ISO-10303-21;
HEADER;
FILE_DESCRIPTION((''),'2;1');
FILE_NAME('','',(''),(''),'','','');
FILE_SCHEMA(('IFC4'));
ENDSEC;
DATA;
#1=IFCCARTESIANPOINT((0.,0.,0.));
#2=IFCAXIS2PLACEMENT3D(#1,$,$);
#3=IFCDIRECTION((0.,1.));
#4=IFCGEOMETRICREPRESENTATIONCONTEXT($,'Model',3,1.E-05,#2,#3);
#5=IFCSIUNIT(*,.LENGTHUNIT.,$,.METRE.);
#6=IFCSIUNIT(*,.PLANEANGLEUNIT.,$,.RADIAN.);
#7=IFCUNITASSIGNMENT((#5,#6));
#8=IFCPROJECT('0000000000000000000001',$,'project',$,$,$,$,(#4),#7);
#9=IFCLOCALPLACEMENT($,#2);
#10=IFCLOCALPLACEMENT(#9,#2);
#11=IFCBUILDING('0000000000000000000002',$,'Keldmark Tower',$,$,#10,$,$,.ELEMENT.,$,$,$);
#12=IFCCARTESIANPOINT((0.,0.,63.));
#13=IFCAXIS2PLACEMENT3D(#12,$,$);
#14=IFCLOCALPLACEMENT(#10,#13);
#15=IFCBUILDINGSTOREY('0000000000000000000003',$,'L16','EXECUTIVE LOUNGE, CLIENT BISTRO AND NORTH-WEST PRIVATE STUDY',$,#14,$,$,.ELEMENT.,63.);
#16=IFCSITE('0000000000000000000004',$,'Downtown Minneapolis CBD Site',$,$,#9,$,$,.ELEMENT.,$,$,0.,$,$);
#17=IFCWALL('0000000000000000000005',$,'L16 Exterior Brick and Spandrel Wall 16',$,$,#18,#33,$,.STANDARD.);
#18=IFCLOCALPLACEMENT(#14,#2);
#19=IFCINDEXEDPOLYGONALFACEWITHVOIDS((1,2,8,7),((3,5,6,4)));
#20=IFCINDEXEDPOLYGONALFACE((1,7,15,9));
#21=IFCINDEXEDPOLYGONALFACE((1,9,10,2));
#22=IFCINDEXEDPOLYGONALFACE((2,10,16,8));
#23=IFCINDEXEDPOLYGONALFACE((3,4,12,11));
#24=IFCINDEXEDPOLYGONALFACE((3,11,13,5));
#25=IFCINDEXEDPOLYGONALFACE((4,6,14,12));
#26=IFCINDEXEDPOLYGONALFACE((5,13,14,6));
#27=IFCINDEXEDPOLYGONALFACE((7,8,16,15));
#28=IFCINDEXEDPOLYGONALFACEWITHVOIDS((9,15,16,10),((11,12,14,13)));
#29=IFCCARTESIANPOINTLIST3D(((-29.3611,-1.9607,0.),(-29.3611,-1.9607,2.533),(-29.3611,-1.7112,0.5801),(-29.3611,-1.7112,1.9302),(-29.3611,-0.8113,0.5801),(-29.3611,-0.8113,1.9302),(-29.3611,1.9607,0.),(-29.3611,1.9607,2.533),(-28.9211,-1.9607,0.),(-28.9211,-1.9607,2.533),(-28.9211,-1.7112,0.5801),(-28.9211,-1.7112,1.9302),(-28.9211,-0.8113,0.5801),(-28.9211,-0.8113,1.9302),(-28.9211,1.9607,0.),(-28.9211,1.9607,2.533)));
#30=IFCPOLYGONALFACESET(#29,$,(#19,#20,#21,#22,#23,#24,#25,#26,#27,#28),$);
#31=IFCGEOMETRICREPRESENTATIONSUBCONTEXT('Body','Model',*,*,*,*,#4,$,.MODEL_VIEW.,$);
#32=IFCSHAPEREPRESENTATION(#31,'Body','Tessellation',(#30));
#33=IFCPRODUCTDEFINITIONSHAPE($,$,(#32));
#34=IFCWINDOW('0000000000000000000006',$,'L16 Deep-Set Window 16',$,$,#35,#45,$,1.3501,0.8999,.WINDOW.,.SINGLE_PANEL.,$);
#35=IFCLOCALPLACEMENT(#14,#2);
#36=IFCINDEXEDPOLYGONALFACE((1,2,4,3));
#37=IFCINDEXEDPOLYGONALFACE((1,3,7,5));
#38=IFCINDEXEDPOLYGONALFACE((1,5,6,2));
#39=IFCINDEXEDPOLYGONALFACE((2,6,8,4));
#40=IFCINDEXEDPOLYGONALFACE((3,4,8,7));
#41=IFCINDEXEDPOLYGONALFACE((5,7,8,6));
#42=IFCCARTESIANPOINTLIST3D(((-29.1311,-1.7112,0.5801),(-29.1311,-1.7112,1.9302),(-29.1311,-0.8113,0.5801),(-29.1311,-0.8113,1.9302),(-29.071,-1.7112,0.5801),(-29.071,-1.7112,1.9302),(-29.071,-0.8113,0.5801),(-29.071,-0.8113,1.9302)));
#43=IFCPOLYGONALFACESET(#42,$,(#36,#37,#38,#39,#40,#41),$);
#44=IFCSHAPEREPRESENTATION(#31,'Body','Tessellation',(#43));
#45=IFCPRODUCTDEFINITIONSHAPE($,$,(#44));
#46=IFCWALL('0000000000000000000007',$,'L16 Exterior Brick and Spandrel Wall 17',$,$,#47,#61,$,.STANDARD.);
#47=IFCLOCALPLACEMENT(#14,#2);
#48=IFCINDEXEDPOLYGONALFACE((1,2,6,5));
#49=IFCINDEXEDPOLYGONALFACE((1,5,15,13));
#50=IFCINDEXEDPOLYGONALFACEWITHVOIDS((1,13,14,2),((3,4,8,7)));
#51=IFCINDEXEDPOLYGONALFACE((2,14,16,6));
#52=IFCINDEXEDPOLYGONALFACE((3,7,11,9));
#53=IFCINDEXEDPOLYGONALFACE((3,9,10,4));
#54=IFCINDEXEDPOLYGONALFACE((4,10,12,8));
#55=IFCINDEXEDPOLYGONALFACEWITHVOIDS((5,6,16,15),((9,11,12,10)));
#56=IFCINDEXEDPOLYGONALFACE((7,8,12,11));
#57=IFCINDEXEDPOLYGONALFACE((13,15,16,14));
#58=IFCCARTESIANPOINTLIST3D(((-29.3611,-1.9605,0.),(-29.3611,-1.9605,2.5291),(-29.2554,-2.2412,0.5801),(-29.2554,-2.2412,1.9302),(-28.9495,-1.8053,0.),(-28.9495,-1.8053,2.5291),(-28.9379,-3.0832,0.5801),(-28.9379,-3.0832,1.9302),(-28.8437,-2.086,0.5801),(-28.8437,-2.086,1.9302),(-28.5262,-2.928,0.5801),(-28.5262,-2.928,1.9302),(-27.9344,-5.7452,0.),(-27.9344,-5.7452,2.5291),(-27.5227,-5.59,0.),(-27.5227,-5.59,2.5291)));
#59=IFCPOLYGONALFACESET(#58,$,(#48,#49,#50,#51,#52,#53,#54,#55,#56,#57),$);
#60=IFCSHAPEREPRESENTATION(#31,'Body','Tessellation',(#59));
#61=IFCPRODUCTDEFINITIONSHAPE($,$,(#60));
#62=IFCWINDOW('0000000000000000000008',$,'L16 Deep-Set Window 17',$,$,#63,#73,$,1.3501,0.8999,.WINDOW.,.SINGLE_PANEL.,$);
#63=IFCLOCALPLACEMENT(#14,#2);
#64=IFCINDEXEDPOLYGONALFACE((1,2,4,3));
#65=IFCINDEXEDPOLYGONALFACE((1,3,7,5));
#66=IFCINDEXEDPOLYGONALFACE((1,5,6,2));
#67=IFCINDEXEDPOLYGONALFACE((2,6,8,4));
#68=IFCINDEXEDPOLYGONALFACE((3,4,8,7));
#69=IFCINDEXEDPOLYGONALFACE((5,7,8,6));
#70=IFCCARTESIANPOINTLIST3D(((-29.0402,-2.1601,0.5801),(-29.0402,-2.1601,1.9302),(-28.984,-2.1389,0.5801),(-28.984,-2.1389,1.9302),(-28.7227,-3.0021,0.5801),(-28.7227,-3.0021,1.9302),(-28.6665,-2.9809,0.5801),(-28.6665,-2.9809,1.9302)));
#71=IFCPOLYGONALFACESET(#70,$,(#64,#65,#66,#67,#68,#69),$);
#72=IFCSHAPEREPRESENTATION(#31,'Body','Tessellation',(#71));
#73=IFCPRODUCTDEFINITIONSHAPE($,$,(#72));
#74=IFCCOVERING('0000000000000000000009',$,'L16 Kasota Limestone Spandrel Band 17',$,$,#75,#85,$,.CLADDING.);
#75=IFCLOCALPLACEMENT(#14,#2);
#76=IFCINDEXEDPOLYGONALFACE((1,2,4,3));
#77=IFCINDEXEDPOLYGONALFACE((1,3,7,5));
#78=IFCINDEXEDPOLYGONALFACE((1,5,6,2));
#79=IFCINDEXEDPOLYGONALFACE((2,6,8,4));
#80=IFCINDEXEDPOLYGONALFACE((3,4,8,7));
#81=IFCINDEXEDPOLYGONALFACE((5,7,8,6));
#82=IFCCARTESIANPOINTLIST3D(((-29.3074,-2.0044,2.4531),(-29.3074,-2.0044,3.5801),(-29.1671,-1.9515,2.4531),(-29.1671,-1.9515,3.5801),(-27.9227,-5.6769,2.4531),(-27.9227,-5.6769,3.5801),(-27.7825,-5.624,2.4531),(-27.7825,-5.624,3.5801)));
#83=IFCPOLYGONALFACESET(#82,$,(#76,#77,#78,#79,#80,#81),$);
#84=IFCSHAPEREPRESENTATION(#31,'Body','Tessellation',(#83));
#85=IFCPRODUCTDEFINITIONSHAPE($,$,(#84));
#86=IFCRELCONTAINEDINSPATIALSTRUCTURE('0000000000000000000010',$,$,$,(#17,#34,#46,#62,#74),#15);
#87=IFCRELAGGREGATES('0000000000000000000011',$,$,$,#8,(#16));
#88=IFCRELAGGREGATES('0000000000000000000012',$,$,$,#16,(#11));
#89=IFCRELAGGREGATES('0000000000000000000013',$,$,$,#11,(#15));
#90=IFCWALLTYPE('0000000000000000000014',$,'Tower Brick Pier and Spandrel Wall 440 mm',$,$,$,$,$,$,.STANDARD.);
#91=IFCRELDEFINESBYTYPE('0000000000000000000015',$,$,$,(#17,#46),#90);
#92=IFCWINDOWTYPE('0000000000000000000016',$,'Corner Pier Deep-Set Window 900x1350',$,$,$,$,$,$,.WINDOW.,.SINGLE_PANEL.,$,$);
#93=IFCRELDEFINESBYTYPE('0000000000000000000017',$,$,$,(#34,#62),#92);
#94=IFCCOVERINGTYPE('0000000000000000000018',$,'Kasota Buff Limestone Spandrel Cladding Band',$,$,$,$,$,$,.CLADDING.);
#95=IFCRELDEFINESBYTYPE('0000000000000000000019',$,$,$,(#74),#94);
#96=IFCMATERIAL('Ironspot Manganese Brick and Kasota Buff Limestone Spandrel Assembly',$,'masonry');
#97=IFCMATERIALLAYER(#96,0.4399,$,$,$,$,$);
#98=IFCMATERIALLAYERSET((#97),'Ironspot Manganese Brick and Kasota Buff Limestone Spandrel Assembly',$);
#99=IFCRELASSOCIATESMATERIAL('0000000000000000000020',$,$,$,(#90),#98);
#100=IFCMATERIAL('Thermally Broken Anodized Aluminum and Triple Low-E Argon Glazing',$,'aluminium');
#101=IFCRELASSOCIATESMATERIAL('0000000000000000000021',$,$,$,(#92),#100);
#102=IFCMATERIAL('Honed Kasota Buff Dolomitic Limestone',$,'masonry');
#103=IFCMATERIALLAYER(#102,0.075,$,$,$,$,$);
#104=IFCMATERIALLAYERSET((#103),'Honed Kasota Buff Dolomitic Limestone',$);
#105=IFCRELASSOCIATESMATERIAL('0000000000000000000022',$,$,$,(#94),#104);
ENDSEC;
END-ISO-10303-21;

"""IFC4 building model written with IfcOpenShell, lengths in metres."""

from ifc_helpers import new_model, si_unit, direction, frame, frame_2d, origin, origin_2d, place, context, subcontext, project, spatial, rectangle, extrude, material, layer, layer_set, type_object, element, fill, save


model = new_model("IFC4")

# Units and contexts
model_context = context("Model", 3, precision=1e-05, world=origin(), true_north=direction((0.0, 1.0)))
body_context = subcontext(model_context, "Body", "Model", "MODEL_VIEW")
ifc_project = project(units=[si_unit("LENGTHUNIT", "METRE"), si_unit("PLANEANGLEUNIT", "RADIAN")], contexts=[model_context])

# Site, building, storey
site_placement = place(None, origin())
site = spatial("IfcSite", under=ifc_project, at=site_placement, Name="Downtown Minneapolis CBD Site", CompositionType="ELEMENT", RefElevation=0.0)
building_placement = place(site_placement, origin())
building = spatial("IfcBuilding", under=site, at=building_placement, Name="Keldmark Tower", CompositionType="ELEMENT")
storey_placement = place(building_placement, frame((0.0, 0.0, 63.0)))
storey = spatial("IfcBuildingStorey", under=building, at=storey_placement, Name="L16", Description="EXECUTIVE LOUNGE, CLIENT BISTRO AND NORTH-WEST PRIVATE STUDY", CompositionType="ELEMENT", Elevation=63.0)

# Walls, openings, windows
ifc_material_1 = material(Name="Ironspot Manganese Brick and Kasota Buff Limestone Spandrel Assembly", Category="masonry")
ifc_layer_1 = layer(ifc_material_1, 0.4399)
ifc_layer_set_1 = layer_set([ifc_layer_1], Name="Ironspot Manganese Brick and Kasota Buff Limestone Spandrel Assembly")
wall_type_1 = type_object("IfcWallType", Name="Tower Brick Pier and Spandrel Wall 440 mm", PredefinedType="STANDARD", material=ifc_layer_set_1)
wall_1_placement = place(storey_placement, frame((-29.1411, -1.9607, 0.0), z_axis=(0.0, 0.0, 1.0), x_axis=(0.0, 1.0, 0.0)))
wall_1 = element("IfcWall", 1, at=wall_1_placement, inside=storey, type_object=wall_type_1, Name="L16 Exterior Brick and Spandrel Wall 16", PredefinedType="STANDARD", context=body_context, shape_type="SweptSolid", body=[
    extrude(rectangle(XDim=3.9214, YDim=0.4399, at=frame_2d((1.9607, 0.0))), origin(), (0.0, 0.0, 1.0), 2.533),
])
opening_1_placement = place(wall_1_placement, frame((0.2495, 0.0, 0.5801)))
opening_1 = element("IfcOpeningElement", 2, at=opening_1_placement, cuts=wall_1, PredefinedType="OPENING", context=body_context, shape_type="SweptSolid", body=[
    extrude(rectangle(XDim=0.8999, YDim=1.3501, at=frame_2d((0.45, 0.675))), frame((0.0, 0.23, 0.0), z_axis=(0.0, -1.0, 0.0), x_axis=(1.0, 0.0, 0.0)), (0.0, 0.0, 1.0), 0.46),
])
ifc_material_2 = material(Name="Thermally Broken Anodized Aluminum and Triple Low-E Argon Glazing", Category="aluminium")
window_type = type_object("IfcWindowType", Name="Corner Pier Deep-Set Window 900x1350", PartitioningType="SINGLE_PANEL", PredefinedType="WINDOW", material=ifc_material_2)
window_1_placement = place(opening_1_placement, origin())
window_1 = element("IfcWindow", 3, at=window_1_placement, inside=storey, type_object=window_type, Name="L16 Deep-Set Window 16", OverallHeight=1.3501, OverallWidth=0.8999, PartitioningType="SINGLE_PANEL", PredefinedType="WINDOW", context=body_context, shape_type="SweptSolid", body=[
    extrude(rectangle(XDim=0.8999, YDim=1.3501, at=frame_2d((0.45, 0.675))), frame((0.0, -0.01, 0.0), z_axis=(0.0, -1.0, 0.0), x_axis=(1.0, 0.0, 0.0)), (0.0, 0.0, 1.0), 0.0601),
])
fill(opening_1, window_1)
wall_2_placement = place(storey_placement, frame((-27.7285, -5.6677, 0.0), z_axis=(0.0, 0.0, 1.0), x_axis=(-0.35275, 0.935718, 0.0)))
wall_2 = element("IfcWall", 4, at=wall_2_placement, inside=storey, type_object=wall_type_1, Name="L16 Exterior Brick and Spandrel Wall 17", PredefinedType="STANDARD", context=body_context, shape_type="SweptSolid", body=[
    extrude(rectangle(XDim=4.0447, YDim=0.4399, at=frame_2d((2.0225, 0.0))), origin(), (0.0, 0.0, 1.0), 2.5291),
])
opening_2_placement = place(wall_2_placement, frame((2.845, 0.0, 0.5801)))
opening_2 = element("IfcOpeningElement", 5, at=opening_2_placement, cuts=wall_2, PredefinedType="OPENING", context=body_context, shape_type="SweptSolid", body=[
    extrude(rectangle(XDim=0.8999, YDim=1.3501, at=frame_2d((0.45, 0.675))), frame((0.0, 0.23, 0.0), z_axis=(0.0, -1.0, 0.0), x_axis=(1.0, 0.0, 0.0)), (0.0, 0.0, 1.0), 0.46),
])
window_2_placement = place(opening_2_placement, origin())
window_2 = element("IfcWindow", 6, at=window_2_placement, inside=storey, type_object=window_type, Name="L16 Deep-Set Window 17", OverallHeight=1.3501, OverallWidth=0.8999, PartitioningType="SINGLE_PANEL", PredefinedType="WINDOW", context=body_context, shape_type="SweptSolid", body=[
    extrude(rectangle(XDim=0.8999, YDim=1.3501, at=frame_2d((0.45, 0.675))), frame((0.0, -0.01, 0.0), z_axis=(0.0, -1.0, 0.0), x_axis=(1.0, 0.0, 0.0)), (0.0, 0.0, 1.0), 0.0601),
])
fill(opening_2, window_2)

# Covering
ifc_material_3 = material(Name="Honed Kasota Buff Dolomitic Limestone", Category="masonry")
ifc_layer_2 = layer(ifc_material_3, 0.075)
ifc_layer_set_2 = layer_set([ifc_layer_2], Name="Honed Kasota Buff Dolomitic Limestone")
covering_type = type_object("IfcCoveringType", Name="Kasota Buff Limestone Spandrel Cladding Band", PredefinedType="CLADDING", material=ifc_layer_set_2)
covering_placement = place(storey_placement, frame((-28.5449, -3.8142, 2.4531), z_axis=(0.0, 0.0, 1.0), x_axis=(0.352789, -0.935703, 0.0)))
element("IfcCovering", 7, at=covering_placement, inside=storey, type_object=covering_type, Name="L16 Kasota Limestone Spandrel Band 17", PredefinedType="CLADDING", context=body_context, shape_type="SweptSolid", body=[
    extrude(rectangle(XDim=3.9248, YDim=0.1499, at=origin_2d()), origin(), (0.0, 0.0, 1.0), 1.127),
])

save(model, "model.ifc")
